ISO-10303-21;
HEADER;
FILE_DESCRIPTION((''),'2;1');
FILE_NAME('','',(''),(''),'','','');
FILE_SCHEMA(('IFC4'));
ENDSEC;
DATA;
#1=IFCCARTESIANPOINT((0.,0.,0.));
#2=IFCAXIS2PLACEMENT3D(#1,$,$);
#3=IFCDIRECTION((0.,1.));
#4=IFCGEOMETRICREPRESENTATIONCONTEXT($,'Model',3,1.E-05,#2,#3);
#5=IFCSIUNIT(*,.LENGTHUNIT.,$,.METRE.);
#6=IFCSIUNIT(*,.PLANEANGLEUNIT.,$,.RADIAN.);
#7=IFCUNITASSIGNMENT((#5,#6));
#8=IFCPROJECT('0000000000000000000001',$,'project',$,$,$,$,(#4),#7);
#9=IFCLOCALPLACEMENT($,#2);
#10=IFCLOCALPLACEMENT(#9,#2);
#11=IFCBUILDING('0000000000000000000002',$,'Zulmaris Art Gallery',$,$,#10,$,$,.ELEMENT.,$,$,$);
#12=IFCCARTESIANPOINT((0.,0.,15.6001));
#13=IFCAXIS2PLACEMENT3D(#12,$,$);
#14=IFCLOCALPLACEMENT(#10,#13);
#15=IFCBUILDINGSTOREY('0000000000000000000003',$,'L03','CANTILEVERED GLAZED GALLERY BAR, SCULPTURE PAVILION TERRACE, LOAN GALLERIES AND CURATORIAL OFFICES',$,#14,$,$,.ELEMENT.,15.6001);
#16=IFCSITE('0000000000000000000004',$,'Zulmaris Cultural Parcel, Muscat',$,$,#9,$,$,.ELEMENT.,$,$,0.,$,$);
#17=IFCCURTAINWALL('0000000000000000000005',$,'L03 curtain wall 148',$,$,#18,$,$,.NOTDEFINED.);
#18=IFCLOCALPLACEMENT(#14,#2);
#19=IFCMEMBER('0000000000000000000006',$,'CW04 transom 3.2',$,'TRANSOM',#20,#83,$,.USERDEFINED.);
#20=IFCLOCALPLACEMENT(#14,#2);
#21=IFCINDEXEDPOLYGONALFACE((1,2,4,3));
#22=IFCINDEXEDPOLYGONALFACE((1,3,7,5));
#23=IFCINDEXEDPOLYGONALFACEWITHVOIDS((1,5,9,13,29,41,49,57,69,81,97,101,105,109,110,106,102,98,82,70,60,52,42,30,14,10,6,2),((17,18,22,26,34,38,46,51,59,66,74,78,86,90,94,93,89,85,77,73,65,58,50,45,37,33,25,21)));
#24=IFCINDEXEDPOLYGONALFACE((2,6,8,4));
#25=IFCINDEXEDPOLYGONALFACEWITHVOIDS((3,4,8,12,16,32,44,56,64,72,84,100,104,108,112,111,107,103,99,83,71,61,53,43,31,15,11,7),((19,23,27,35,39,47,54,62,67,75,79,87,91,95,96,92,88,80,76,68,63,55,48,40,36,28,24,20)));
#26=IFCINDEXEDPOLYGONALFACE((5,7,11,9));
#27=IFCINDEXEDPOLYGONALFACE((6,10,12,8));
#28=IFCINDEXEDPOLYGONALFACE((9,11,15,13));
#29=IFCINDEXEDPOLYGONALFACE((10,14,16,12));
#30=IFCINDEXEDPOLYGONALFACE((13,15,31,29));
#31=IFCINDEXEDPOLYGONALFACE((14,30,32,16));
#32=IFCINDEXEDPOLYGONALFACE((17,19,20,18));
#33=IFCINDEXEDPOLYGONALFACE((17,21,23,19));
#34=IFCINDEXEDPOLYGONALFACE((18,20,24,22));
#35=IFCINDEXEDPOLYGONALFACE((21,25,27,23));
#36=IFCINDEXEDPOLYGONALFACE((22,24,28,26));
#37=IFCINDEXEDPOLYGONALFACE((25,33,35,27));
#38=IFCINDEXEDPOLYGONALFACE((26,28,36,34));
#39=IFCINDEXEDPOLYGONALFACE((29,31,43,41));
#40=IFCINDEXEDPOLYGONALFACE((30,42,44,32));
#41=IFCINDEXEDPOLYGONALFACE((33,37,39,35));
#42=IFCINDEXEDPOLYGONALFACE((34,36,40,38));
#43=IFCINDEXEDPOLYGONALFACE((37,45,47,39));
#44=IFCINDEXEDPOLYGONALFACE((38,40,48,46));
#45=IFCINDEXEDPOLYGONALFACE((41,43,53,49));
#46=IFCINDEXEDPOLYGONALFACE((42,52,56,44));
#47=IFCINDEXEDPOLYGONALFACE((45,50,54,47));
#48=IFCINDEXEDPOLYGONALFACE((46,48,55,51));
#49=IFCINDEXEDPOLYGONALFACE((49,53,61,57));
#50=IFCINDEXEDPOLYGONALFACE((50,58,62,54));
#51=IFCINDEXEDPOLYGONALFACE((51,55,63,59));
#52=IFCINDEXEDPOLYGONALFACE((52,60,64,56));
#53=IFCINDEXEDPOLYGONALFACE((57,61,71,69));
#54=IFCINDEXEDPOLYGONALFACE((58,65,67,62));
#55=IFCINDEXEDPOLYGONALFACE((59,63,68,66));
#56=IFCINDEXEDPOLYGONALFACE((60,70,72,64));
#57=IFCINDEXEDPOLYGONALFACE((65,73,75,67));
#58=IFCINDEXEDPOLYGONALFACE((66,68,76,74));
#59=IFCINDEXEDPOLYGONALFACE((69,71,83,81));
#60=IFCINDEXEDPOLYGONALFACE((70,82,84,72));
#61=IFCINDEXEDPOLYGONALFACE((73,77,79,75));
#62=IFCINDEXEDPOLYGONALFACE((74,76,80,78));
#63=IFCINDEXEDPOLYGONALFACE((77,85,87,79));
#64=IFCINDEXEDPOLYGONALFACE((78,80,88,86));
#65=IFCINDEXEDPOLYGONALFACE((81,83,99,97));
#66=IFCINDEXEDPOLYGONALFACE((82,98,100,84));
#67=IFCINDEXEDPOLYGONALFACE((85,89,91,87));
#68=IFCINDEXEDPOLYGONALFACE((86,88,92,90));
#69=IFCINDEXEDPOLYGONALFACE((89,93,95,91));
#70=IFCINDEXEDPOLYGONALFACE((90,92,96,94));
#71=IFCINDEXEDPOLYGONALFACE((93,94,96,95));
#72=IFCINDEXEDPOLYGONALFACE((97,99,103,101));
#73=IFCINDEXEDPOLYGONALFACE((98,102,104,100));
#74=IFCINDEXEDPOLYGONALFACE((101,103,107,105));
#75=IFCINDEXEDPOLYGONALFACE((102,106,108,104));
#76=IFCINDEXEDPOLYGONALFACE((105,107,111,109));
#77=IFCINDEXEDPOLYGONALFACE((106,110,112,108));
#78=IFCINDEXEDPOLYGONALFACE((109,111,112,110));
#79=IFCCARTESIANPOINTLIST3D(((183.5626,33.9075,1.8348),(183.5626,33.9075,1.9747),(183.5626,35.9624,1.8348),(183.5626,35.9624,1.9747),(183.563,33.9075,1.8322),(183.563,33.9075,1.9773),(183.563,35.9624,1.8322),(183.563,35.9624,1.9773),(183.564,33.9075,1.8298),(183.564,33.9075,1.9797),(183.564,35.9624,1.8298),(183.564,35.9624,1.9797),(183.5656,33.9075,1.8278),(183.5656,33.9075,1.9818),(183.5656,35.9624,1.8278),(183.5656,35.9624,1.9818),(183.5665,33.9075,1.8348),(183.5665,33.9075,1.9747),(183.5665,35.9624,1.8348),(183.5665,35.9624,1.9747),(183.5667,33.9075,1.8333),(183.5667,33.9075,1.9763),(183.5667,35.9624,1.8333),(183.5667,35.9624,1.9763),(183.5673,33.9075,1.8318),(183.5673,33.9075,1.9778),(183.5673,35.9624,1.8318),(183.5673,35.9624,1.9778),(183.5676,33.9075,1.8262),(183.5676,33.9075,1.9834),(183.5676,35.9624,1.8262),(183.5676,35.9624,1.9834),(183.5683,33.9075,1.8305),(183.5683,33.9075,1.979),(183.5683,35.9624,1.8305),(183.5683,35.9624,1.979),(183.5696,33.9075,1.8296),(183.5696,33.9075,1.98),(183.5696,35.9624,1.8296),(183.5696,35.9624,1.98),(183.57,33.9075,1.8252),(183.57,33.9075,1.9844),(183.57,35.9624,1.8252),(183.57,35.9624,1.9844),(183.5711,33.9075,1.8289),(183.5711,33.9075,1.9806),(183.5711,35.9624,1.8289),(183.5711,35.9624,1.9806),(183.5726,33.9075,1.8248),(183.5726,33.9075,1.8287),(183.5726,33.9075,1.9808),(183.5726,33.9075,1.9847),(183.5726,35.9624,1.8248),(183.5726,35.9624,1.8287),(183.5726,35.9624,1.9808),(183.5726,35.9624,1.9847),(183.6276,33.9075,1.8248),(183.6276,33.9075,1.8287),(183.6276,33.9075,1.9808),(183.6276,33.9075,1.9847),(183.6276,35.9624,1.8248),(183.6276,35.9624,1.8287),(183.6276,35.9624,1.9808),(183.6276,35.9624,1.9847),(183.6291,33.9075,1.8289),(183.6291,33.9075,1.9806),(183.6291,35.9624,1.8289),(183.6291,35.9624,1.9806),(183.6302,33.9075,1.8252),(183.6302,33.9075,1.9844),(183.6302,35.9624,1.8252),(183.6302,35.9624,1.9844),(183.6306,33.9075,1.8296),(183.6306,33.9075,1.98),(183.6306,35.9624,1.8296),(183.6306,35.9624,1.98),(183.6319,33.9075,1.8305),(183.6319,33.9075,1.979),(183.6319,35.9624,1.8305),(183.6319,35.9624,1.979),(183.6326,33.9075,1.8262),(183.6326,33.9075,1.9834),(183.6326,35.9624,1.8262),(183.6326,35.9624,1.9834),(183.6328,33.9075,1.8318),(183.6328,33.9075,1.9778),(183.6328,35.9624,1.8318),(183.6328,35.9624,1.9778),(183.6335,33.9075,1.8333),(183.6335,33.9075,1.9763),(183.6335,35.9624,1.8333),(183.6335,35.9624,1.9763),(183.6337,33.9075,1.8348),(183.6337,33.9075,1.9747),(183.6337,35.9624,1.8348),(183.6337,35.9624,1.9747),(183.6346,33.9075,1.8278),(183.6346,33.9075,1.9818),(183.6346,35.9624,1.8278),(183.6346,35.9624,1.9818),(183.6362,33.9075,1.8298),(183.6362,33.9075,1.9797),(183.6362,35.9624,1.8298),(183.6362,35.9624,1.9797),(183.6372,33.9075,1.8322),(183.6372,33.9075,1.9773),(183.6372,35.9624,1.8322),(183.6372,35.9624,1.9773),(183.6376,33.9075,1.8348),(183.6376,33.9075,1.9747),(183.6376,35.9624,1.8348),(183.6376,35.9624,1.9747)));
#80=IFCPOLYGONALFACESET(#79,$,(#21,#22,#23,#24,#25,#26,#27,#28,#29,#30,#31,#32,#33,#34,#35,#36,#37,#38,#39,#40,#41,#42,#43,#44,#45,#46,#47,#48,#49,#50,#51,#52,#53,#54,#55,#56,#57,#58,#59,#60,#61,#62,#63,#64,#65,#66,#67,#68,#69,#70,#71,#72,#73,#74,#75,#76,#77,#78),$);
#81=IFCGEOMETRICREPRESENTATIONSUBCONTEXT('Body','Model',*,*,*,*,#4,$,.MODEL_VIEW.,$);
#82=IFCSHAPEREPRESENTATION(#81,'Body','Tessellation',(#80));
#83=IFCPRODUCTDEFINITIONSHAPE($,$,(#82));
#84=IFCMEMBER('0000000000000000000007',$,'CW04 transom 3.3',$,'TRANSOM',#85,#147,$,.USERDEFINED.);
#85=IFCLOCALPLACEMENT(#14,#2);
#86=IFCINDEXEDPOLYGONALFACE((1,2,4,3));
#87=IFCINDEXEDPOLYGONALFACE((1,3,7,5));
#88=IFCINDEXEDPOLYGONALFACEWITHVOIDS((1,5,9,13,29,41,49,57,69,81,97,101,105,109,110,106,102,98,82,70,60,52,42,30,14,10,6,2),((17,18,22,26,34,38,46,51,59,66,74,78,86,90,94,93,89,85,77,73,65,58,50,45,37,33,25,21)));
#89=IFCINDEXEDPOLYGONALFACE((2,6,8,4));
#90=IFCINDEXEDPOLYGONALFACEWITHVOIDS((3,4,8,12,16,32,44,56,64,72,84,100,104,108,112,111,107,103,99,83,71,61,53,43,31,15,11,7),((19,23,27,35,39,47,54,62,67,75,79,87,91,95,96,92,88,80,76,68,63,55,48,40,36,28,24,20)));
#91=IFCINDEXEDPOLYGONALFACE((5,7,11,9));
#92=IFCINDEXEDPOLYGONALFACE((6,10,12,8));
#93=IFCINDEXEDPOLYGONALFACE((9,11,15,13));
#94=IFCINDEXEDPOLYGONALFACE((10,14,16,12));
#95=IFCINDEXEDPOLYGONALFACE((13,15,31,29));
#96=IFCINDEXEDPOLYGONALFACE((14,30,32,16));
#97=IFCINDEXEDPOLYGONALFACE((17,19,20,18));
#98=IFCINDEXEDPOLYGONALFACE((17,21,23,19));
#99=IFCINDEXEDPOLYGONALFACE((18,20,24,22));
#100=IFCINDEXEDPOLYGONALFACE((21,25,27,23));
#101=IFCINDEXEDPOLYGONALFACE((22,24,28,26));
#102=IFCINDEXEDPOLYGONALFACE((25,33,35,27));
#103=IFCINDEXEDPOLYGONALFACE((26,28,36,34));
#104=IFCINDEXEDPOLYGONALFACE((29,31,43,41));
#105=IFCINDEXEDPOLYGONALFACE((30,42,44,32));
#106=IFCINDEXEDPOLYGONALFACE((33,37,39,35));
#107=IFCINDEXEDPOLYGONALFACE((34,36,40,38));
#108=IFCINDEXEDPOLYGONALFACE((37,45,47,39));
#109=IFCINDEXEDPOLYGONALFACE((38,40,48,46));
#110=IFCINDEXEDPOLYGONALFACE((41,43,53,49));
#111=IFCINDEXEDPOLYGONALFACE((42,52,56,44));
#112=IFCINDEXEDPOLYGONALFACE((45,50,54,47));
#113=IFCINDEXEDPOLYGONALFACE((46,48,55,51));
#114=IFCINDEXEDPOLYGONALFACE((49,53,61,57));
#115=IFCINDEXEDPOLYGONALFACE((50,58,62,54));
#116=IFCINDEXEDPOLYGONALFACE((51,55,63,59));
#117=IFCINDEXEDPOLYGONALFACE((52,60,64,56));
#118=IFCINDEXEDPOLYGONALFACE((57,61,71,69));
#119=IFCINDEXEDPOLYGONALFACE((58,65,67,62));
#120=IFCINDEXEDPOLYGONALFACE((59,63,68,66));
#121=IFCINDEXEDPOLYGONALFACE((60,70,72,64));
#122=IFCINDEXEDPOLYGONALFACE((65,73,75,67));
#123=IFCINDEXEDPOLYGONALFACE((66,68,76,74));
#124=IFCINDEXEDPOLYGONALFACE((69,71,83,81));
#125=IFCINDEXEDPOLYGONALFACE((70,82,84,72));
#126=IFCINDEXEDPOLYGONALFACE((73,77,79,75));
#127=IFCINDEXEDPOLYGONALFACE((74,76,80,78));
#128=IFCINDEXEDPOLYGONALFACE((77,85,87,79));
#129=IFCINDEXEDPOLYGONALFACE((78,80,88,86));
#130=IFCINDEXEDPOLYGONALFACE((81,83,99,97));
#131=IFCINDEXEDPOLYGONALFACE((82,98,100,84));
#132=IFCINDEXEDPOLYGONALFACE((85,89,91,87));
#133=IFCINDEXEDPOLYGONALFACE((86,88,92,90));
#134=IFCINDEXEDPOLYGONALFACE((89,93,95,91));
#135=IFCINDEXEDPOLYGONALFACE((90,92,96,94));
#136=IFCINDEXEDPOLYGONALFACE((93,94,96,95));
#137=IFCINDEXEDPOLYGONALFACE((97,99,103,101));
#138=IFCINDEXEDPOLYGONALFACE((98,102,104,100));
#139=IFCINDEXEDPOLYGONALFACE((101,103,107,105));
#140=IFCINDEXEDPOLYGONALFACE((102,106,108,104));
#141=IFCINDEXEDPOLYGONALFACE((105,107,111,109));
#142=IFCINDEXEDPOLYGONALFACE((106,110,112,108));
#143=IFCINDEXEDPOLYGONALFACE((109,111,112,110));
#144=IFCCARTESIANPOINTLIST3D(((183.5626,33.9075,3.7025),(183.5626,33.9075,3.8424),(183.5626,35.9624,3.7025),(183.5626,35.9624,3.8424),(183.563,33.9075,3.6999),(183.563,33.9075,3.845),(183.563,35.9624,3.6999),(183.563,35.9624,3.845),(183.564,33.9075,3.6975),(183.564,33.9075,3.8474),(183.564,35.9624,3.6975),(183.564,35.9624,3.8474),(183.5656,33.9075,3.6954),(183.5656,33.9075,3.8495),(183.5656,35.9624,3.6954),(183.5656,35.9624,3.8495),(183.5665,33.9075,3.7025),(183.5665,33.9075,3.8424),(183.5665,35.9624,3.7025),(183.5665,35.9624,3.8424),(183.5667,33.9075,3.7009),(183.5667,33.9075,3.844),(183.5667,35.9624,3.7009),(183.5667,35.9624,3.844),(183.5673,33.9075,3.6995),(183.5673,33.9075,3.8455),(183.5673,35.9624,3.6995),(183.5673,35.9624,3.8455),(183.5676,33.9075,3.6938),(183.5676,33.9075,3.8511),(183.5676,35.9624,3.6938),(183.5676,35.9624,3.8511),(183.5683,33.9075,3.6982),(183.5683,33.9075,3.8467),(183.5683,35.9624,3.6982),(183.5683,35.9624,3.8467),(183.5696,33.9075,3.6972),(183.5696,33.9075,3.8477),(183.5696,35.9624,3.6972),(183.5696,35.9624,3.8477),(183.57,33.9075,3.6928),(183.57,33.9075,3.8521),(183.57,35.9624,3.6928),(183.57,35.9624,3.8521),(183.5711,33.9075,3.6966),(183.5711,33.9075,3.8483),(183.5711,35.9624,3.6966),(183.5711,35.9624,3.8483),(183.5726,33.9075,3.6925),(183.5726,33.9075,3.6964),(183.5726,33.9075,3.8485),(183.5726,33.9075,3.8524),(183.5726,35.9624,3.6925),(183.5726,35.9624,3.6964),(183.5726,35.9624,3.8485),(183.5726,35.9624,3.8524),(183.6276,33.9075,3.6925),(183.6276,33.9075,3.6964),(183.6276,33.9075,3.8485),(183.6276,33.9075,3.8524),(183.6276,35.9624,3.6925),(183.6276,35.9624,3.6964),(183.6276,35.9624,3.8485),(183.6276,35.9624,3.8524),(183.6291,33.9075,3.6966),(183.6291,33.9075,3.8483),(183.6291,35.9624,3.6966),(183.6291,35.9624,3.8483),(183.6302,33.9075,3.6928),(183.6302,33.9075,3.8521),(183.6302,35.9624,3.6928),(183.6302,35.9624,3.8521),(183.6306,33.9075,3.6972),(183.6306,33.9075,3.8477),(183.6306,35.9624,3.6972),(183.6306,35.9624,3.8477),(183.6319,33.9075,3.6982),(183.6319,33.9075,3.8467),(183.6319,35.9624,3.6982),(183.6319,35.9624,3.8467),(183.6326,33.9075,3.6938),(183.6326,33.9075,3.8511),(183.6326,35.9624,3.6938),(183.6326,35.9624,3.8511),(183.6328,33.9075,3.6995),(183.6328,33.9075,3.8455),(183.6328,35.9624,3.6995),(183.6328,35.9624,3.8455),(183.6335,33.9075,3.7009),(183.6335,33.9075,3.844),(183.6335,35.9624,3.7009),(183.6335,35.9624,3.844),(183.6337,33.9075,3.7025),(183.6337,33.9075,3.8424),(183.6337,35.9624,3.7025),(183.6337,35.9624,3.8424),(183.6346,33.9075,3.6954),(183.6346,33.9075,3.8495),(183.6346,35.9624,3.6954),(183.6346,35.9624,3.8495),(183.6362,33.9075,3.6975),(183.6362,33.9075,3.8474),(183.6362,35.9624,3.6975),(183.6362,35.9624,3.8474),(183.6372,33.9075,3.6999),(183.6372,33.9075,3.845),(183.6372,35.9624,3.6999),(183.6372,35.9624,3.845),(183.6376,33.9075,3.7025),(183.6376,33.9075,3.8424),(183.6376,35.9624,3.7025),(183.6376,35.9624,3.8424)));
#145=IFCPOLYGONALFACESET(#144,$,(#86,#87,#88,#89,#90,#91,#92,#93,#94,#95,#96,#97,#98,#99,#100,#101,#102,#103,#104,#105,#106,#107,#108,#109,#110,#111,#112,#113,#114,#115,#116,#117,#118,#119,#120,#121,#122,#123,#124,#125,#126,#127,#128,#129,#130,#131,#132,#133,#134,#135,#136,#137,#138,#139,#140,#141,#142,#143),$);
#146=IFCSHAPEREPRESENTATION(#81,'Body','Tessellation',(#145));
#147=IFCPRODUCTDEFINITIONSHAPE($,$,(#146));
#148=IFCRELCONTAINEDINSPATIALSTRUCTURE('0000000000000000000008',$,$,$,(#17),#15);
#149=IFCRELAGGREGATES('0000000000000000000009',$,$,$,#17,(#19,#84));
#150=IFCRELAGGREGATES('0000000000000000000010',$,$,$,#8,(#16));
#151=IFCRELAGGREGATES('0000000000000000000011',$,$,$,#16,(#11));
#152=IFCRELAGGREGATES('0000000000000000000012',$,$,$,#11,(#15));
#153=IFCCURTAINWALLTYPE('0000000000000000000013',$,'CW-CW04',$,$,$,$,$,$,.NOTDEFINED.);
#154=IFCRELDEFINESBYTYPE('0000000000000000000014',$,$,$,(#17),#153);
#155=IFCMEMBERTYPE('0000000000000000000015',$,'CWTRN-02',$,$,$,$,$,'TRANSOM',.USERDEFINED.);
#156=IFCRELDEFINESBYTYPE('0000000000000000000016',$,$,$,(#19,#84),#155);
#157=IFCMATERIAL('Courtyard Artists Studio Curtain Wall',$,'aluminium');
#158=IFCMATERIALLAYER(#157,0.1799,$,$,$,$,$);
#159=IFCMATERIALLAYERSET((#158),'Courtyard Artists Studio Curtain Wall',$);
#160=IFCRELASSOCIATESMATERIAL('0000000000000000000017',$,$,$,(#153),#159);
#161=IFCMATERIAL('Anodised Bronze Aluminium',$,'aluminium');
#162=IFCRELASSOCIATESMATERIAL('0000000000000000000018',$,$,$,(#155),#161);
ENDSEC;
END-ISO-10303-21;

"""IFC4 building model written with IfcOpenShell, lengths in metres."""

from ifc_helpers import new_model, si_unit, direction, frame, origin, origin_2d, place, context, subcontext, project, spatial, hollow_rectangle, extrude, material, layer, layer_set, material_profile, profile_set, type_object, element, aggregate, save


model = new_model("IFC4")

# Units and contexts
model_context = context("Model", 3, precision=1e-05, world=origin(), true_north=direction((0.0, 1.0)))
body_context = subcontext(model_context, "Body", "Model", "MODEL_VIEW")
ifc_project = project(units=[si_unit("LENGTHUNIT", "METRE"), si_unit("PLANEANGLEUNIT", "RADIAN")], contexts=[model_context])

# Site, building, storey
site_placement = place(None, origin())
site = spatial("IfcSite", under=ifc_project, at=site_placement, Name="Zulmaris Cultural Parcel, Muscat", CompositionType="ELEMENT", RefElevation=0.0)
building_placement = place(site_placement, origin())
building = spatial("IfcBuilding", under=site, at=building_placement, Name="Zulmaris Art Gallery", CompositionType="ELEMENT")
storey_placement = place(building_placement, frame((0.0, 0.0, 15.6001)))
storey = spatial("IfcBuildingStorey", under=building, at=storey_placement, Name="L03", Description="CANTILEVERED GLAZED GALLERY BAR, SCULPTURE PAVILION TERRACE, LOAN GALLERIES AND CURATORIAL OFFICES", CompositionType="ELEMENT", Elevation=15.6001)

# Curtain wall
ifc_material_1 = material(Name="Courtyard Artists Studio Curtain Wall", Category="aluminium")
ifc_layer_1 = layer(ifc_material_1, 0.1799)
ifc_layer_set_1 = layer_set([ifc_layer_1], Name="Courtyard Artists Studio Curtain Wall")
curtain_wall_type = type_object("IfcCurtainWallType", Name="CW-CW04", PredefinedType="NOTDEFINED", material=ifc_layer_set_1)
curtain_wall_1_placement = place(storey_placement, origin())
curtain_wall_1 = element("IfcCurtainWall", 1, at=curtain_wall_1_placement, inside=storey, type_object=curtain_wall_type, Name="L03 curtain wall 148", PredefinedType="NOTDEFINED")
ifc_material_2 = material(Name="Anodised Bronze Aluminium", Category="aluminium")

# Members
ifc_material_profile_1 = material_profile(ifc_material_2, hollow_rectangle(XDim=0.075, YDim=0.1599, WallThickness=0.0039, InnerFilletRadius=0.0061, OuterFilletRadius=0.01, at=origin_2d()), Name="ALU 75x160x4")
ifc_profile_set_1 = profile_set([ifc_material_profile_1], Name="Anodised Bronze Aluminium")
member_type_1 = type_object("IfcMemberType", Name="CWTRN-02", ElementType="TRANSOM", PredefinedType="USERDEFINED", material=ifc_profile_set_1)
member_1_placement = place(storey_placement, frame((183.6001, 35.9624, 1.9048), z_axis=(0.0, -1.0, 0.0), x_axis=(1.0, 0.0, 0.0)))
member_1 = element("IfcMember", 2, at=member_1_placement, type_object=member_type_1, Name="CW04 transom 3.2", ObjectType="TRANSOM", PredefinedType="USERDEFINED", context=body_context, shape_type="SweptSolid", body=[
    extrude(hollow_rectangle(XDim=0.075, YDim=0.1599, WallThickness=0.0039, InnerFilletRadius=0.0061, OuterFilletRadius=0.01, at=origin_2d()), origin(), (0.0, 0.0, 1.0), 2.0549),
])
member_2_placement = place(storey_placement, frame((183.6001, 35.9624, 3.7725), z_axis=(0.0, -1.0, 0.0), x_axis=(1.0, 0.0, 0.0)))
member_2 = element("IfcMember", 3, at=member_2_placement, type_object=member_type_1, Name="CW04 transom 3.3", ObjectType="TRANSOM", PredefinedType="USERDEFINED", context=body_context, shape_type="SweptSolid", body=[
    extrude(hollow_rectangle(XDim=0.075, YDim=0.1599, WallThickness=0.0039, InnerFilletRadius=0.0061, OuterFilletRadius=0.01, at=origin_2d()), origin(), (0.0, 0.0, 1.0), 2.0549),
])

aggregate(curtain_wall_1, [member_1, member_2])

save(model, "model.ifc")
